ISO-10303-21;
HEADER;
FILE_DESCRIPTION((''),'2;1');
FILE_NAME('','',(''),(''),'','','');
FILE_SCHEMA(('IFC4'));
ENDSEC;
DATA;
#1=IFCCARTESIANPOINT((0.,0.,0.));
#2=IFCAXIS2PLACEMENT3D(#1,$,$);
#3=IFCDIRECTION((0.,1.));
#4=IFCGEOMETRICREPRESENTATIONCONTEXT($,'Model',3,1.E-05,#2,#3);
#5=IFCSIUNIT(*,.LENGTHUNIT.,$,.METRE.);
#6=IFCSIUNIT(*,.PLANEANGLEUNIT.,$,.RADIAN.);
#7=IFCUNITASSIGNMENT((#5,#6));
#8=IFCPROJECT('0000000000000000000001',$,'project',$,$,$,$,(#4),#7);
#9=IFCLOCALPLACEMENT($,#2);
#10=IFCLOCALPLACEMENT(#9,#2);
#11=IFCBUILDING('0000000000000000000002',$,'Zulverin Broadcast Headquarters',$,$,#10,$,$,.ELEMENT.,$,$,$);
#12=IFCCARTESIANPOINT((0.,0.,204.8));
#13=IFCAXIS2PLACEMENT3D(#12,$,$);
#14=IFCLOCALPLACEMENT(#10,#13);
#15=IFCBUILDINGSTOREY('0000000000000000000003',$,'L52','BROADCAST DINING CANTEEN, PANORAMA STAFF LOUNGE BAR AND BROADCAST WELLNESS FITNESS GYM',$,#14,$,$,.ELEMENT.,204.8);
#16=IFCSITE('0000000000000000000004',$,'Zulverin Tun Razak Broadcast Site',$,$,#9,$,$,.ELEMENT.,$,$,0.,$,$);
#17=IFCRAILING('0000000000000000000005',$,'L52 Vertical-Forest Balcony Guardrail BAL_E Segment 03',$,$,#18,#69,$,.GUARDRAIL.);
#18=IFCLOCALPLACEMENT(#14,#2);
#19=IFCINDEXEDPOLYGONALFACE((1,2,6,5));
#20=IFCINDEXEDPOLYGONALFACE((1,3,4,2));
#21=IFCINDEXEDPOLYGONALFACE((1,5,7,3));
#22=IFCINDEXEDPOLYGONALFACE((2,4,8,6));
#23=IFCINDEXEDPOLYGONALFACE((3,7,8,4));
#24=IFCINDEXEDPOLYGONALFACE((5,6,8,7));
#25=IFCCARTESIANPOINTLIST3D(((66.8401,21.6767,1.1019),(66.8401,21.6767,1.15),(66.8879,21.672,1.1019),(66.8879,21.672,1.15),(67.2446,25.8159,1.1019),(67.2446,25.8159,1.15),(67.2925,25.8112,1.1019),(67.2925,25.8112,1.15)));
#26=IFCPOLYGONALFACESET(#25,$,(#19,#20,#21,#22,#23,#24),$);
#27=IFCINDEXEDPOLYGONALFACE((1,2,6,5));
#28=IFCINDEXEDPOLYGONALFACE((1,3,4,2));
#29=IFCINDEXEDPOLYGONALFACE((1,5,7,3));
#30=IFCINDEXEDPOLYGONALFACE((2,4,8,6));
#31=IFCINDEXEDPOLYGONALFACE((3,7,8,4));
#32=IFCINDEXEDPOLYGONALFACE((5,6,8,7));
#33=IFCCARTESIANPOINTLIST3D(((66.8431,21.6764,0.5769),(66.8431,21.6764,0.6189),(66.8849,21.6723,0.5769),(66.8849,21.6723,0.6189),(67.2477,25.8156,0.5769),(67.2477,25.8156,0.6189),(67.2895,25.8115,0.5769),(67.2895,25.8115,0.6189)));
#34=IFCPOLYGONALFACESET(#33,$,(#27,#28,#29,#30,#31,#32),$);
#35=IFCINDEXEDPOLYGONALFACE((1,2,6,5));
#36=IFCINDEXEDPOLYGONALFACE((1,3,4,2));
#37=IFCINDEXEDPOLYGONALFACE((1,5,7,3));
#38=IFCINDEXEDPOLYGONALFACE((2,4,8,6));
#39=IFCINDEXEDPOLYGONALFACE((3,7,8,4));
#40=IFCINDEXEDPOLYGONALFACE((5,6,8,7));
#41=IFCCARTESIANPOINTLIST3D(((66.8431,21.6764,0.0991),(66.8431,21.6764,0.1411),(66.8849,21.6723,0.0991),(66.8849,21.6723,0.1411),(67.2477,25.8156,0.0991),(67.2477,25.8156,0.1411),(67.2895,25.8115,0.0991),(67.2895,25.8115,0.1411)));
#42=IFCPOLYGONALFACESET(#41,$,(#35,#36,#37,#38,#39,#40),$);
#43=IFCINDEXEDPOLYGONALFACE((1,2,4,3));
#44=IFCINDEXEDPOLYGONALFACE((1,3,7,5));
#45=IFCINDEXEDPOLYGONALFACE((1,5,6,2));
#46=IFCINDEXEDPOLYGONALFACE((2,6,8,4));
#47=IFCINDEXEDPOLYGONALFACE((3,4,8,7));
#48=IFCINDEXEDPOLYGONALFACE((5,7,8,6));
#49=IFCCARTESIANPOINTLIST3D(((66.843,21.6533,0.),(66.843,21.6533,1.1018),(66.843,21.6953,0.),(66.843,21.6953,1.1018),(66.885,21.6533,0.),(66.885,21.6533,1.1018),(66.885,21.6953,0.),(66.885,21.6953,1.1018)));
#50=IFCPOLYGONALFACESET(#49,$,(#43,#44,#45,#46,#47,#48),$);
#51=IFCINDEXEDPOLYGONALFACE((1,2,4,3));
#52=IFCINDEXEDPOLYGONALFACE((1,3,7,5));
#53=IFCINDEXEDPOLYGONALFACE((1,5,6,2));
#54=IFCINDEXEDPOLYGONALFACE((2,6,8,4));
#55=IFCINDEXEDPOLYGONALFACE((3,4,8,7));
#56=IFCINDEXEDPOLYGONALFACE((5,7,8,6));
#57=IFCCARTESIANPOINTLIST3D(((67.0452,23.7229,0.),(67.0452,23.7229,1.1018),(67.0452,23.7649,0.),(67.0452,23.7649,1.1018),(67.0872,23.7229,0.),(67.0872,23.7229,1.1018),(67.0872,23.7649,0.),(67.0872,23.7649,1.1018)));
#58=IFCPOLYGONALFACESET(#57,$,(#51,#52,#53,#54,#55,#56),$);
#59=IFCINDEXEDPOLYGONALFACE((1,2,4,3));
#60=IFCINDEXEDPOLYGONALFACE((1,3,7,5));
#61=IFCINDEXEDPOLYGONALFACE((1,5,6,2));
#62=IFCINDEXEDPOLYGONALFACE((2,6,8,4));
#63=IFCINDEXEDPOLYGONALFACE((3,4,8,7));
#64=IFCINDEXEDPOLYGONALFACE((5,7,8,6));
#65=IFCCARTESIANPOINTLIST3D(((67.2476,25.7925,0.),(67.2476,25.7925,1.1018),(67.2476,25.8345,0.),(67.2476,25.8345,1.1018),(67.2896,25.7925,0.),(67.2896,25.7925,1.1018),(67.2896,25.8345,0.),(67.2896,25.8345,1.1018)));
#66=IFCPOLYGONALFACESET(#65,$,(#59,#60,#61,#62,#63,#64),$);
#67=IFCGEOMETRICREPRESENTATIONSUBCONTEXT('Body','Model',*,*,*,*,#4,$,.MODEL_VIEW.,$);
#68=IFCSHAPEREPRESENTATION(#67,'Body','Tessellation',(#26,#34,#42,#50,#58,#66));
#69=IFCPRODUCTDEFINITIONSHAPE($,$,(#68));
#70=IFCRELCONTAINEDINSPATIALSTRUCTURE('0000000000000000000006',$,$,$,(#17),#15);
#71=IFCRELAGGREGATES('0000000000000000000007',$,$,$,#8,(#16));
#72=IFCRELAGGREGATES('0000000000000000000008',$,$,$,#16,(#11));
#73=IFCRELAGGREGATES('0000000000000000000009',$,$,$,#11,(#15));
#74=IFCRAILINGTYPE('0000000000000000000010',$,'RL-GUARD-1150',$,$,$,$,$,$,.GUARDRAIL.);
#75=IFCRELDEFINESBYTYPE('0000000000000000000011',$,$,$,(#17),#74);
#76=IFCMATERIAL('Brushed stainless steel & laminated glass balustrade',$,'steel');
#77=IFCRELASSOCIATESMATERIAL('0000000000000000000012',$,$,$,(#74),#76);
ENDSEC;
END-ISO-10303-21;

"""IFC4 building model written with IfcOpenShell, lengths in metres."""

from ifc_helpers import new_model, si_unit, direction, frame, origin, origin_2d, place, context, subcontext, project, spatial, rectangle, extrude, material, type_object, element, save


model = new_model("IFC4")

# Units and contexts
model_context = context("Model", 3, precision=1e-05, world=origin(), true_north=direction((0.0, 1.0)))
body_context = subcontext(model_context, "Body", "Model", "MODEL_VIEW")
ifc_project = project(units=[si_unit("LENGTHUNIT", "METRE"), si_unit("PLANEANGLEUNIT", "RADIAN")], contexts=[model_context])

# Site, building, storey
site_placement = place(None, origin())
site = spatial("IfcSite", under=ifc_project, at=site_placement, Name="Zulverin Tun Razak Broadcast Site", CompositionType="ELEMENT", RefElevation=0.0)
building_placement = place(site_placement, origin())
building = spatial("IfcBuilding", under=site, at=building_placement, Name="Zulverin Broadcast Headquarters", CompositionType="ELEMENT")
storey_placement = place(building_placement, frame((0.0, 0.0, 204.8)))
storey = spatial("IfcBuildingStorey", under=building, at=storey_placement, Name="L52", Description="BROADCAST DINING CANTEEN, PANORAMA STAFF LOUNGE BAR AND BROADCAST WELLNESS FITNESS GYM", CompositionType="ELEMENT", Elevation=204.8)

# Railing
ifc_material_1 = material(Name="Brushed stainless steel & laminated glass balustrade", Category="steel")
railing_type = type_object("IfcRailingType", Name="RL-GUARD-1150", PredefinedType="GUARDRAIL", material=ifc_material_1)
railing_1_placement = place(storey_placement, frame((66.864, 21.6743, 0.0)))
element("IfcRailing", 1, at=railing_1_placement, inside=storey, type_object=railing_type, Name="L52 Vertical-Forest Balcony Guardrail BAL_E Segment 03", PredefinedType="GUARDRAIL", context=body_context, shape_type="SweptSolid", body=[
    extrude(rectangle(XDim=0.0481, YDim=0.0481, at=origin_2d()), frame((0.0, 0.0, 1.126), z_axis=(0.097272, 0.995258, 0.0), x_axis=(-0.995258, 0.097272, 0.0)), (0.0, 0.0, 1.0), 4.1589),
    extrude(rectangle(XDim=0.042, YDim=0.042, at=origin_2d()), frame((0.0, 0.0, 0.5979), z_axis=(0.097272, 0.995258, 0.0), x_axis=(-0.995258, 0.097272, 0.0)), (0.0, 0.0, 1.0), 4.1589),
    extrude(rectangle(XDim=0.042, YDim=0.042, at=origin_2d()), frame((0.0, 0.0, 0.1201), z_axis=(0.097272, 0.995258, 0.0), x_axis=(-0.995258, 0.097272, 0.0)), (0.0, 0.0, 1.0), 4.1589),
    extrude(rectangle(XDim=0.042, YDim=0.042, at=origin_2d()), origin(), (0.0, 0.0, 1.0), 1.1018),
    extrude(rectangle(XDim=0.042, YDim=0.042, at=origin_2d()), frame((0.2021, 2.0696, 0.0)), (0.0, 0.0, 1.0), 1.1018),
    extrude(rectangle(XDim=0.042, YDim=0.042, at=origin_2d()), frame((0.4045, 4.1392, 0.0)), (0.0, 0.0, 1.0), 1.1018),
])

save(model, "model.ifc")
